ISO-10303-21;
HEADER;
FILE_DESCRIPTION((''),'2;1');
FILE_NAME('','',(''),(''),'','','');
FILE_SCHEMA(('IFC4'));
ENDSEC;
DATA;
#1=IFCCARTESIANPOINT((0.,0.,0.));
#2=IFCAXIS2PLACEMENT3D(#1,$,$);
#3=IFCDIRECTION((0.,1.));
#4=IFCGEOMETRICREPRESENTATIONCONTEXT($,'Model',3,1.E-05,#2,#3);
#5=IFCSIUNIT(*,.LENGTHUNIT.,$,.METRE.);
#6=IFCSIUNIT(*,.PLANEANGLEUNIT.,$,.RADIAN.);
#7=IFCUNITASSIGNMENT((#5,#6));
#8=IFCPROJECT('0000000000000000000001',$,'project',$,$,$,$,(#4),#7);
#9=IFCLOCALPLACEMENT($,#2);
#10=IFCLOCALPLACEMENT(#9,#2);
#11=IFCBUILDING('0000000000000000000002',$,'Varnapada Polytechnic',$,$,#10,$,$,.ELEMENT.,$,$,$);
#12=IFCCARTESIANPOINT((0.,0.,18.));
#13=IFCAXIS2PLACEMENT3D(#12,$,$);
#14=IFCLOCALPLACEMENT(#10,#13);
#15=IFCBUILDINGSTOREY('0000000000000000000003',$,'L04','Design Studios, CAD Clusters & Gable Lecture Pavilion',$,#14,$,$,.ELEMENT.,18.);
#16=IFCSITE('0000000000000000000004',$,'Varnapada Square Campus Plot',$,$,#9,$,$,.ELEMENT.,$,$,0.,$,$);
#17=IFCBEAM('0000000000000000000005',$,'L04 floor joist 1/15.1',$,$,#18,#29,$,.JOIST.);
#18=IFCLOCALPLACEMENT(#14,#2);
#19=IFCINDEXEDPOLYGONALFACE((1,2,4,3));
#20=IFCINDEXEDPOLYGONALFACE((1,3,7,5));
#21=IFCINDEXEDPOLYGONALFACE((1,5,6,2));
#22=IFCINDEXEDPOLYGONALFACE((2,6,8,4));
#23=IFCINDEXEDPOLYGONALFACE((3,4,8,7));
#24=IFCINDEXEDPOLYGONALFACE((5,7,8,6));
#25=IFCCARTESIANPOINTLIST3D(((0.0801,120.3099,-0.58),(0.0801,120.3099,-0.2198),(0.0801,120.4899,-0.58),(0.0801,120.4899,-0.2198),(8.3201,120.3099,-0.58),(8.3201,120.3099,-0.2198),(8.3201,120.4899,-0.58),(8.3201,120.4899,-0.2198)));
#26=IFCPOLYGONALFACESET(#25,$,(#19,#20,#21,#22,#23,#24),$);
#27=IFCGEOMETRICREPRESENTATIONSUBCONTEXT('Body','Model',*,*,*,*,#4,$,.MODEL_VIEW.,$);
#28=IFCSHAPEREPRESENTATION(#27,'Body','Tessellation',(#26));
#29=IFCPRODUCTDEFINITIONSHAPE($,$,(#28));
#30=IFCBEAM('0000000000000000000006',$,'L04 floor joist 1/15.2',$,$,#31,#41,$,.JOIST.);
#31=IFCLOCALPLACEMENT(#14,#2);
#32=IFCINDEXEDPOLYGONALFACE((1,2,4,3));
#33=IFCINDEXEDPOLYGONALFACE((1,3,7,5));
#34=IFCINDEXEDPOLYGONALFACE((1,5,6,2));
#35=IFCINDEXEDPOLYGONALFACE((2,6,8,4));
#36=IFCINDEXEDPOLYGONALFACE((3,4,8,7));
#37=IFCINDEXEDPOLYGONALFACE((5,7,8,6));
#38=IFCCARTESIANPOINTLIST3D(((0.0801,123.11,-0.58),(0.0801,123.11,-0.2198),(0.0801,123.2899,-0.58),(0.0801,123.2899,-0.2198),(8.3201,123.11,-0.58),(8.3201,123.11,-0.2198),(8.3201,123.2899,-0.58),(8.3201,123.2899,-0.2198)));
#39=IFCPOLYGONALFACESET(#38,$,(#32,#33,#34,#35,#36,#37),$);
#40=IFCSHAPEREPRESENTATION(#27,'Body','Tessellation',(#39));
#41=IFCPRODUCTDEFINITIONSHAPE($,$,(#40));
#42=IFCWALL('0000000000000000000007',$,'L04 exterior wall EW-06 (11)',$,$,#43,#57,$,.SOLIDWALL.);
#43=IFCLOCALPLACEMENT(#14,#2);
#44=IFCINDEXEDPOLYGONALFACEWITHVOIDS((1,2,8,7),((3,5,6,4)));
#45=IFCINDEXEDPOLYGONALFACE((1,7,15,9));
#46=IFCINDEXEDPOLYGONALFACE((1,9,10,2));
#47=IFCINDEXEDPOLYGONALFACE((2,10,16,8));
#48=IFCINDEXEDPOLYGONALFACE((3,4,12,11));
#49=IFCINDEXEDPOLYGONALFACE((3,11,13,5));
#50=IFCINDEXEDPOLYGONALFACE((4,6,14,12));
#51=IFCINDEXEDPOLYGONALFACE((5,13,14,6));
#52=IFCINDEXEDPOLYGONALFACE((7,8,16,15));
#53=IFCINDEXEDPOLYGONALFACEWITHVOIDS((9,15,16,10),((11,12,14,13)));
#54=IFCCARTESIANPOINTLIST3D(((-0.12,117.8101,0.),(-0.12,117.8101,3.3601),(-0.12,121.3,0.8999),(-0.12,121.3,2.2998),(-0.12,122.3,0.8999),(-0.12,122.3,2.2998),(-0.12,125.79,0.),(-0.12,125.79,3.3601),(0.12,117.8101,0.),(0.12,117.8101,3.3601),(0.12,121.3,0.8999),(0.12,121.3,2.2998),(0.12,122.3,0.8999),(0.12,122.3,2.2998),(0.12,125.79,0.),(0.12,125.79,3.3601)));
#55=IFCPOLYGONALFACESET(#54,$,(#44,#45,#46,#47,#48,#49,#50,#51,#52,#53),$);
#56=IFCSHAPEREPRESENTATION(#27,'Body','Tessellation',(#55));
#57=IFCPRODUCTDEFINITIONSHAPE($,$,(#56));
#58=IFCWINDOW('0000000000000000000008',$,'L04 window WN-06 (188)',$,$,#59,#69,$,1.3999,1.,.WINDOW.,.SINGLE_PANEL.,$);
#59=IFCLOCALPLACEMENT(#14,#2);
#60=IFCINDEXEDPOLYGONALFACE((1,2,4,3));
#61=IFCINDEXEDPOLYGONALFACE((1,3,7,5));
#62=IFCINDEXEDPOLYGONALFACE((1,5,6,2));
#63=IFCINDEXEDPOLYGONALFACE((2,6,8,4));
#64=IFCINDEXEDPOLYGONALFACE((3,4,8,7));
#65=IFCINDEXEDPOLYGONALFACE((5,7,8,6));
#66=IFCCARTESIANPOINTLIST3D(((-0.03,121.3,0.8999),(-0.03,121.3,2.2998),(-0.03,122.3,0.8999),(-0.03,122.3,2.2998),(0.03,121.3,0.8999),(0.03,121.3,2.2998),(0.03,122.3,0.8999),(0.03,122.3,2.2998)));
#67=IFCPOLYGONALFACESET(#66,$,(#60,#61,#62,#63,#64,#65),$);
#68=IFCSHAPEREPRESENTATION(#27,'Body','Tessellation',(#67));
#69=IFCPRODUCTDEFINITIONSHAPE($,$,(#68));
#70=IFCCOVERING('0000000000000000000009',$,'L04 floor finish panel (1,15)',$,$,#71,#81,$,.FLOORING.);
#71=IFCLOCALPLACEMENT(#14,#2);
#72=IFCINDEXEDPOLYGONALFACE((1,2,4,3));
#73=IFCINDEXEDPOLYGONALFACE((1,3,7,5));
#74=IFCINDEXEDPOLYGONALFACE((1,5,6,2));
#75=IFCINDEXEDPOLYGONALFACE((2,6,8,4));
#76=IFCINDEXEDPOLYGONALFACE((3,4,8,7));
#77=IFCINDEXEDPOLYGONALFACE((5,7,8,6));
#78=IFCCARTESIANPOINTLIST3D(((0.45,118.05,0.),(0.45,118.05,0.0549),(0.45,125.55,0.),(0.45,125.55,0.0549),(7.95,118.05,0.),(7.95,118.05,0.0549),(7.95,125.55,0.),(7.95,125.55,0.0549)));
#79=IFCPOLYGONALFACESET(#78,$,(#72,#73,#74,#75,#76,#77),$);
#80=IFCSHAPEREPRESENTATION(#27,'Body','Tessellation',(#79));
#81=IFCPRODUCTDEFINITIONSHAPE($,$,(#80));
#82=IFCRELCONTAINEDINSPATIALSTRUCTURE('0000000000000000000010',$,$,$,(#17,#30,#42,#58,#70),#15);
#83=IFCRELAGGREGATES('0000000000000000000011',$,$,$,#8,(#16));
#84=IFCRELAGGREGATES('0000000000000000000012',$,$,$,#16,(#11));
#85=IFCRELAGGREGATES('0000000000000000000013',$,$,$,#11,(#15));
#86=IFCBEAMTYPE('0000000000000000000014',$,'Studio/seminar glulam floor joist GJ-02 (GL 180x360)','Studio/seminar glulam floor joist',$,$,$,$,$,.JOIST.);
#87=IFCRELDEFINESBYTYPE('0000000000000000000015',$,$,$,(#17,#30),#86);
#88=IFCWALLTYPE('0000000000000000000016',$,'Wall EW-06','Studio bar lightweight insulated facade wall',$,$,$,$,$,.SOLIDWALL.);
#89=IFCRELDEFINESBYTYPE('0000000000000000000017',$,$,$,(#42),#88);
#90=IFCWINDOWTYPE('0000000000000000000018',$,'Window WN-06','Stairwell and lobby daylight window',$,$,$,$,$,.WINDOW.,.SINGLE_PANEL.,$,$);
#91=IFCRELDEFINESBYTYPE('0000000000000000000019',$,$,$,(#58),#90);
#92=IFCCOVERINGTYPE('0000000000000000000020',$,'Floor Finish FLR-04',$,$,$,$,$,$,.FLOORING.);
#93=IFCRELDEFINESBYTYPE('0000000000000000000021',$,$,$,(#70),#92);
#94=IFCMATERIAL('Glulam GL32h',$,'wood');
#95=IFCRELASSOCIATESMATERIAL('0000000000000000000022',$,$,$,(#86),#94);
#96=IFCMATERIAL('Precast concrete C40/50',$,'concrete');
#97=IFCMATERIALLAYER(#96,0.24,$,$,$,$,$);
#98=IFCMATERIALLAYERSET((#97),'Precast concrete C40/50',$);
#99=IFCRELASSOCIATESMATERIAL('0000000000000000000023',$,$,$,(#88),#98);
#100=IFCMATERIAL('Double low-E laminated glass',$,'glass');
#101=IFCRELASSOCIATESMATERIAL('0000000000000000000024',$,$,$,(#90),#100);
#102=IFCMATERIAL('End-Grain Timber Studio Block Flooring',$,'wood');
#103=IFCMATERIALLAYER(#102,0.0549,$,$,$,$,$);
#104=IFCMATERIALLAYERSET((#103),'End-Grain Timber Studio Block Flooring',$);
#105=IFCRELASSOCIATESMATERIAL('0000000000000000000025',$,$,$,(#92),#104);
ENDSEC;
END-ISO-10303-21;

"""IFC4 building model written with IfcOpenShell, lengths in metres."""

from ifc_helpers import new_model, si_unit, direction, frame, frame_2d, origin, origin_2d, place, context, subcontext, project, spatial, rectangle, extrude, material, layer, layer_set, material_profile, profile_set, type_object, element, fill, save


model = new_model("IFC4")

# Units and contexts
model_context = context("Model", 3, precision=1e-05, world=origin(), true_north=direction((0.0, 1.0)))
body_context = subcontext(model_context, "Body", "Model", "MODEL_VIEW")
ifc_project = project(units=[si_unit("LENGTHUNIT", "METRE"), si_unit("PLANEANGLEUNIT", "RADIAN")], contexts=[model_context])

# Site, building, storey
site_placement = place(None, origin())
site = spatial("IfcSite", under=ifc_project, at=site_placement, Name="Varnapada Square Campus Plot", CompositionType="ELEMENT", RefElevation=0.0)
building_placement = place(site_placement, origin())
building = spatial("IfcBuilding", under=site, at=building_placement, Name="Varnapada Polytechnic", CompositionType="ELEMENT")
storey_placement = place(building_placement, frame((0.0, 0.0, 18.0)))
storey = spatial("IfcBuildingStorey", under=building, at=storey_placement, Name="L04", Description="Design Studios, CAD Clusters & Gable Lecture Pavilion", CompositionType="ELEMENT", Elevation=18.0)

# Beams
ifc_material_1 = material(Name="Glulam GL32h", Category="wood")
ifc_material_profile = material_profile(ifc_material_1, rectangle(XDim=0.1799, YDim=0.3601, at=origin_2d()), Name="GL 180x360")
ifc_profile_set = profile_set([ifc_material_profile], Name="Glulam GL32h")
beam_type = type_object("IfcBeamType", Name="Studio/seminar glulam floor joist GJ-02 (GL 180x360)", Description="Studio/seminar glulam floor joist", PredefinedType="JOIST", material=ifc_profile_set)
for number, where, z_axis, x_axis, name in (
    (1, (0.0801, 120.3999, -0.3999), (1.0, 0.0, 0.0), (0.0, 1.0, 0.0), "L04 floor joist 1/15.1"),
    (2, (0.0801, 123.2, -0.3999), (1.0, 0.0, 0.0), (0.0, 1.0, 0.0), "L04 floor joist 1/15.2"),
):
    element("IfcBeam", number, at=place(storey_placement, frame(where, z_axis=z_axis, x_axis=x_axis)), inside=storey, type_object=beam_type, Name=name, PredefinedType="JOIST", context=body_context, shape_type="SweptSolid", body=[
        extrude(rectangle(XDim=0.1799, YDim=0.3601, at=origin_2d()), origin(), (0.0, 0.0, 1.0), 8.24),
    ])

# Wall, opening, window
ifc_material_2 = material(Name="Precast concrete C40/50", Category="concrete")
ifc_layer_1 = layer(ifc_material_2, 0.24)
ifc_layer_set_1 = layer_set([ifc_layer_1], Name="Precast concrete C40/50")
wall_type = type_object("IfcWallType", Name="Wall EW-06", Description="Studio bar lightweight insulated facade wall", PredefinedType="SOLIDWALL", material=ifc_layer_set_1)
wall_placement = place(storey_placement, frame((0.0, 117.8101, 0.0), z_axis=(0.0, 0.0, 1.0), x_axis=(0.0, 1.0, 0.0)))
wall = element("IfcWall", 3, at=wall_placement, inside=storey, type_object=wall_type, Name="L04 exterior wall EW-06 (11)", PredefinedType="SOLIDWALL", context=body_context, shape_type="SweptSolid", body=[
    extrude(rectangle(XDim=7.98, YDim=0.24, at=frame_2d((3.99, 0.0))), origin(), (0.0, 0.0, 1.0), 3.3601),
])
opening_1_placement = place(wall_placement, frame((3.49, 0.0, 0.8999)))
opening_1 = element("IfcOpeningElement", 4, at=opening_1_placement, cuts=wall, PredefinedType="OPENING", context=body_context, shape_type="SweptSolid", body=[
    extrude(rectangle(XDim=1.0, YDim=1.3999, at=frame_2d((0.5, 0.7))), frame((0.0, 0.1299, 0.0), z_axis=(0.0, -1.0, 0.0), x_axis=(1.0, 0.0, 0.0)), (0.0, 0.0, 1.0), 0.26),
])
ifc_material_3 = material(Name="Double low-E laminated glass", Category="glass")
window_type = type_object("IfcWindowType", Name="Window WN-06", Description="Stairwell and lobby daylight window", PartitioningType="SINGLE_PANEL", PredefinedType="WINDOW", material=ifc_material_3)
window_placement = place(opening_1_placement, origin())
window = element("IfcWindow", 5, at=window_placement, inside=storey, type_object=window_type, Name="L04 window WN-06 (188)", OverallHeight=1.3999, OverallWidth=1.0, PartitioningType="SINGLE_PANEL", PredefinedType="WINDOW", context=body_context, shape_type="SweptSolid", body=[
    extrude(rectangle(XDim=1.0, YDim=1.3999, at=frame_2d((0.5, 0.7))), frame((0.0, 0.03, 0.0), z_axis=(0.0, -1.0, 0.0), x_axis=(1.0, 0.0, 0.0)), (0.0, 0.0, 1.0), 0.0601),
])
fill(opening_1, window)

# Covering
ifc_material_4 = material(Name="End-Grain Timber Studio Block Flooring", Category="wood")
ifc_layer_2 = layer(ifc_material_4, 0.0549)
ifc_layer_set_2 = layer_set([ifc_layer_2], Name="End-Grain Timber Studio Block Flooring")
covering_type_1 = type_object("IfcCoveringType", Name="Floor Finish FLR-04", PredefinedType="FLOORING", material=ifc_layer_set_2)
covering_1_placement = place(storey_placement, frame((4.2, 121.8, 0.0), z_axis=(0.0, 0.0, 1.0), x_axis=(1.0, 0.0, 0.0)))
element("IfcCovering", 6, at=covering_1_placement, inside=storey, type_object=covering_type_1, Name="L04 floor finish panel (1,15)", PredefinedType="FLOORING", context=body_context, shape_type="SweptSolid", body=[
    extrude(rectangle(XDim=7.5, YDim=7.5, at=origin_2d()), origin(), (0.0, 0.0, 1.0), 0.0549),
])

save(model, "model.ifc")
